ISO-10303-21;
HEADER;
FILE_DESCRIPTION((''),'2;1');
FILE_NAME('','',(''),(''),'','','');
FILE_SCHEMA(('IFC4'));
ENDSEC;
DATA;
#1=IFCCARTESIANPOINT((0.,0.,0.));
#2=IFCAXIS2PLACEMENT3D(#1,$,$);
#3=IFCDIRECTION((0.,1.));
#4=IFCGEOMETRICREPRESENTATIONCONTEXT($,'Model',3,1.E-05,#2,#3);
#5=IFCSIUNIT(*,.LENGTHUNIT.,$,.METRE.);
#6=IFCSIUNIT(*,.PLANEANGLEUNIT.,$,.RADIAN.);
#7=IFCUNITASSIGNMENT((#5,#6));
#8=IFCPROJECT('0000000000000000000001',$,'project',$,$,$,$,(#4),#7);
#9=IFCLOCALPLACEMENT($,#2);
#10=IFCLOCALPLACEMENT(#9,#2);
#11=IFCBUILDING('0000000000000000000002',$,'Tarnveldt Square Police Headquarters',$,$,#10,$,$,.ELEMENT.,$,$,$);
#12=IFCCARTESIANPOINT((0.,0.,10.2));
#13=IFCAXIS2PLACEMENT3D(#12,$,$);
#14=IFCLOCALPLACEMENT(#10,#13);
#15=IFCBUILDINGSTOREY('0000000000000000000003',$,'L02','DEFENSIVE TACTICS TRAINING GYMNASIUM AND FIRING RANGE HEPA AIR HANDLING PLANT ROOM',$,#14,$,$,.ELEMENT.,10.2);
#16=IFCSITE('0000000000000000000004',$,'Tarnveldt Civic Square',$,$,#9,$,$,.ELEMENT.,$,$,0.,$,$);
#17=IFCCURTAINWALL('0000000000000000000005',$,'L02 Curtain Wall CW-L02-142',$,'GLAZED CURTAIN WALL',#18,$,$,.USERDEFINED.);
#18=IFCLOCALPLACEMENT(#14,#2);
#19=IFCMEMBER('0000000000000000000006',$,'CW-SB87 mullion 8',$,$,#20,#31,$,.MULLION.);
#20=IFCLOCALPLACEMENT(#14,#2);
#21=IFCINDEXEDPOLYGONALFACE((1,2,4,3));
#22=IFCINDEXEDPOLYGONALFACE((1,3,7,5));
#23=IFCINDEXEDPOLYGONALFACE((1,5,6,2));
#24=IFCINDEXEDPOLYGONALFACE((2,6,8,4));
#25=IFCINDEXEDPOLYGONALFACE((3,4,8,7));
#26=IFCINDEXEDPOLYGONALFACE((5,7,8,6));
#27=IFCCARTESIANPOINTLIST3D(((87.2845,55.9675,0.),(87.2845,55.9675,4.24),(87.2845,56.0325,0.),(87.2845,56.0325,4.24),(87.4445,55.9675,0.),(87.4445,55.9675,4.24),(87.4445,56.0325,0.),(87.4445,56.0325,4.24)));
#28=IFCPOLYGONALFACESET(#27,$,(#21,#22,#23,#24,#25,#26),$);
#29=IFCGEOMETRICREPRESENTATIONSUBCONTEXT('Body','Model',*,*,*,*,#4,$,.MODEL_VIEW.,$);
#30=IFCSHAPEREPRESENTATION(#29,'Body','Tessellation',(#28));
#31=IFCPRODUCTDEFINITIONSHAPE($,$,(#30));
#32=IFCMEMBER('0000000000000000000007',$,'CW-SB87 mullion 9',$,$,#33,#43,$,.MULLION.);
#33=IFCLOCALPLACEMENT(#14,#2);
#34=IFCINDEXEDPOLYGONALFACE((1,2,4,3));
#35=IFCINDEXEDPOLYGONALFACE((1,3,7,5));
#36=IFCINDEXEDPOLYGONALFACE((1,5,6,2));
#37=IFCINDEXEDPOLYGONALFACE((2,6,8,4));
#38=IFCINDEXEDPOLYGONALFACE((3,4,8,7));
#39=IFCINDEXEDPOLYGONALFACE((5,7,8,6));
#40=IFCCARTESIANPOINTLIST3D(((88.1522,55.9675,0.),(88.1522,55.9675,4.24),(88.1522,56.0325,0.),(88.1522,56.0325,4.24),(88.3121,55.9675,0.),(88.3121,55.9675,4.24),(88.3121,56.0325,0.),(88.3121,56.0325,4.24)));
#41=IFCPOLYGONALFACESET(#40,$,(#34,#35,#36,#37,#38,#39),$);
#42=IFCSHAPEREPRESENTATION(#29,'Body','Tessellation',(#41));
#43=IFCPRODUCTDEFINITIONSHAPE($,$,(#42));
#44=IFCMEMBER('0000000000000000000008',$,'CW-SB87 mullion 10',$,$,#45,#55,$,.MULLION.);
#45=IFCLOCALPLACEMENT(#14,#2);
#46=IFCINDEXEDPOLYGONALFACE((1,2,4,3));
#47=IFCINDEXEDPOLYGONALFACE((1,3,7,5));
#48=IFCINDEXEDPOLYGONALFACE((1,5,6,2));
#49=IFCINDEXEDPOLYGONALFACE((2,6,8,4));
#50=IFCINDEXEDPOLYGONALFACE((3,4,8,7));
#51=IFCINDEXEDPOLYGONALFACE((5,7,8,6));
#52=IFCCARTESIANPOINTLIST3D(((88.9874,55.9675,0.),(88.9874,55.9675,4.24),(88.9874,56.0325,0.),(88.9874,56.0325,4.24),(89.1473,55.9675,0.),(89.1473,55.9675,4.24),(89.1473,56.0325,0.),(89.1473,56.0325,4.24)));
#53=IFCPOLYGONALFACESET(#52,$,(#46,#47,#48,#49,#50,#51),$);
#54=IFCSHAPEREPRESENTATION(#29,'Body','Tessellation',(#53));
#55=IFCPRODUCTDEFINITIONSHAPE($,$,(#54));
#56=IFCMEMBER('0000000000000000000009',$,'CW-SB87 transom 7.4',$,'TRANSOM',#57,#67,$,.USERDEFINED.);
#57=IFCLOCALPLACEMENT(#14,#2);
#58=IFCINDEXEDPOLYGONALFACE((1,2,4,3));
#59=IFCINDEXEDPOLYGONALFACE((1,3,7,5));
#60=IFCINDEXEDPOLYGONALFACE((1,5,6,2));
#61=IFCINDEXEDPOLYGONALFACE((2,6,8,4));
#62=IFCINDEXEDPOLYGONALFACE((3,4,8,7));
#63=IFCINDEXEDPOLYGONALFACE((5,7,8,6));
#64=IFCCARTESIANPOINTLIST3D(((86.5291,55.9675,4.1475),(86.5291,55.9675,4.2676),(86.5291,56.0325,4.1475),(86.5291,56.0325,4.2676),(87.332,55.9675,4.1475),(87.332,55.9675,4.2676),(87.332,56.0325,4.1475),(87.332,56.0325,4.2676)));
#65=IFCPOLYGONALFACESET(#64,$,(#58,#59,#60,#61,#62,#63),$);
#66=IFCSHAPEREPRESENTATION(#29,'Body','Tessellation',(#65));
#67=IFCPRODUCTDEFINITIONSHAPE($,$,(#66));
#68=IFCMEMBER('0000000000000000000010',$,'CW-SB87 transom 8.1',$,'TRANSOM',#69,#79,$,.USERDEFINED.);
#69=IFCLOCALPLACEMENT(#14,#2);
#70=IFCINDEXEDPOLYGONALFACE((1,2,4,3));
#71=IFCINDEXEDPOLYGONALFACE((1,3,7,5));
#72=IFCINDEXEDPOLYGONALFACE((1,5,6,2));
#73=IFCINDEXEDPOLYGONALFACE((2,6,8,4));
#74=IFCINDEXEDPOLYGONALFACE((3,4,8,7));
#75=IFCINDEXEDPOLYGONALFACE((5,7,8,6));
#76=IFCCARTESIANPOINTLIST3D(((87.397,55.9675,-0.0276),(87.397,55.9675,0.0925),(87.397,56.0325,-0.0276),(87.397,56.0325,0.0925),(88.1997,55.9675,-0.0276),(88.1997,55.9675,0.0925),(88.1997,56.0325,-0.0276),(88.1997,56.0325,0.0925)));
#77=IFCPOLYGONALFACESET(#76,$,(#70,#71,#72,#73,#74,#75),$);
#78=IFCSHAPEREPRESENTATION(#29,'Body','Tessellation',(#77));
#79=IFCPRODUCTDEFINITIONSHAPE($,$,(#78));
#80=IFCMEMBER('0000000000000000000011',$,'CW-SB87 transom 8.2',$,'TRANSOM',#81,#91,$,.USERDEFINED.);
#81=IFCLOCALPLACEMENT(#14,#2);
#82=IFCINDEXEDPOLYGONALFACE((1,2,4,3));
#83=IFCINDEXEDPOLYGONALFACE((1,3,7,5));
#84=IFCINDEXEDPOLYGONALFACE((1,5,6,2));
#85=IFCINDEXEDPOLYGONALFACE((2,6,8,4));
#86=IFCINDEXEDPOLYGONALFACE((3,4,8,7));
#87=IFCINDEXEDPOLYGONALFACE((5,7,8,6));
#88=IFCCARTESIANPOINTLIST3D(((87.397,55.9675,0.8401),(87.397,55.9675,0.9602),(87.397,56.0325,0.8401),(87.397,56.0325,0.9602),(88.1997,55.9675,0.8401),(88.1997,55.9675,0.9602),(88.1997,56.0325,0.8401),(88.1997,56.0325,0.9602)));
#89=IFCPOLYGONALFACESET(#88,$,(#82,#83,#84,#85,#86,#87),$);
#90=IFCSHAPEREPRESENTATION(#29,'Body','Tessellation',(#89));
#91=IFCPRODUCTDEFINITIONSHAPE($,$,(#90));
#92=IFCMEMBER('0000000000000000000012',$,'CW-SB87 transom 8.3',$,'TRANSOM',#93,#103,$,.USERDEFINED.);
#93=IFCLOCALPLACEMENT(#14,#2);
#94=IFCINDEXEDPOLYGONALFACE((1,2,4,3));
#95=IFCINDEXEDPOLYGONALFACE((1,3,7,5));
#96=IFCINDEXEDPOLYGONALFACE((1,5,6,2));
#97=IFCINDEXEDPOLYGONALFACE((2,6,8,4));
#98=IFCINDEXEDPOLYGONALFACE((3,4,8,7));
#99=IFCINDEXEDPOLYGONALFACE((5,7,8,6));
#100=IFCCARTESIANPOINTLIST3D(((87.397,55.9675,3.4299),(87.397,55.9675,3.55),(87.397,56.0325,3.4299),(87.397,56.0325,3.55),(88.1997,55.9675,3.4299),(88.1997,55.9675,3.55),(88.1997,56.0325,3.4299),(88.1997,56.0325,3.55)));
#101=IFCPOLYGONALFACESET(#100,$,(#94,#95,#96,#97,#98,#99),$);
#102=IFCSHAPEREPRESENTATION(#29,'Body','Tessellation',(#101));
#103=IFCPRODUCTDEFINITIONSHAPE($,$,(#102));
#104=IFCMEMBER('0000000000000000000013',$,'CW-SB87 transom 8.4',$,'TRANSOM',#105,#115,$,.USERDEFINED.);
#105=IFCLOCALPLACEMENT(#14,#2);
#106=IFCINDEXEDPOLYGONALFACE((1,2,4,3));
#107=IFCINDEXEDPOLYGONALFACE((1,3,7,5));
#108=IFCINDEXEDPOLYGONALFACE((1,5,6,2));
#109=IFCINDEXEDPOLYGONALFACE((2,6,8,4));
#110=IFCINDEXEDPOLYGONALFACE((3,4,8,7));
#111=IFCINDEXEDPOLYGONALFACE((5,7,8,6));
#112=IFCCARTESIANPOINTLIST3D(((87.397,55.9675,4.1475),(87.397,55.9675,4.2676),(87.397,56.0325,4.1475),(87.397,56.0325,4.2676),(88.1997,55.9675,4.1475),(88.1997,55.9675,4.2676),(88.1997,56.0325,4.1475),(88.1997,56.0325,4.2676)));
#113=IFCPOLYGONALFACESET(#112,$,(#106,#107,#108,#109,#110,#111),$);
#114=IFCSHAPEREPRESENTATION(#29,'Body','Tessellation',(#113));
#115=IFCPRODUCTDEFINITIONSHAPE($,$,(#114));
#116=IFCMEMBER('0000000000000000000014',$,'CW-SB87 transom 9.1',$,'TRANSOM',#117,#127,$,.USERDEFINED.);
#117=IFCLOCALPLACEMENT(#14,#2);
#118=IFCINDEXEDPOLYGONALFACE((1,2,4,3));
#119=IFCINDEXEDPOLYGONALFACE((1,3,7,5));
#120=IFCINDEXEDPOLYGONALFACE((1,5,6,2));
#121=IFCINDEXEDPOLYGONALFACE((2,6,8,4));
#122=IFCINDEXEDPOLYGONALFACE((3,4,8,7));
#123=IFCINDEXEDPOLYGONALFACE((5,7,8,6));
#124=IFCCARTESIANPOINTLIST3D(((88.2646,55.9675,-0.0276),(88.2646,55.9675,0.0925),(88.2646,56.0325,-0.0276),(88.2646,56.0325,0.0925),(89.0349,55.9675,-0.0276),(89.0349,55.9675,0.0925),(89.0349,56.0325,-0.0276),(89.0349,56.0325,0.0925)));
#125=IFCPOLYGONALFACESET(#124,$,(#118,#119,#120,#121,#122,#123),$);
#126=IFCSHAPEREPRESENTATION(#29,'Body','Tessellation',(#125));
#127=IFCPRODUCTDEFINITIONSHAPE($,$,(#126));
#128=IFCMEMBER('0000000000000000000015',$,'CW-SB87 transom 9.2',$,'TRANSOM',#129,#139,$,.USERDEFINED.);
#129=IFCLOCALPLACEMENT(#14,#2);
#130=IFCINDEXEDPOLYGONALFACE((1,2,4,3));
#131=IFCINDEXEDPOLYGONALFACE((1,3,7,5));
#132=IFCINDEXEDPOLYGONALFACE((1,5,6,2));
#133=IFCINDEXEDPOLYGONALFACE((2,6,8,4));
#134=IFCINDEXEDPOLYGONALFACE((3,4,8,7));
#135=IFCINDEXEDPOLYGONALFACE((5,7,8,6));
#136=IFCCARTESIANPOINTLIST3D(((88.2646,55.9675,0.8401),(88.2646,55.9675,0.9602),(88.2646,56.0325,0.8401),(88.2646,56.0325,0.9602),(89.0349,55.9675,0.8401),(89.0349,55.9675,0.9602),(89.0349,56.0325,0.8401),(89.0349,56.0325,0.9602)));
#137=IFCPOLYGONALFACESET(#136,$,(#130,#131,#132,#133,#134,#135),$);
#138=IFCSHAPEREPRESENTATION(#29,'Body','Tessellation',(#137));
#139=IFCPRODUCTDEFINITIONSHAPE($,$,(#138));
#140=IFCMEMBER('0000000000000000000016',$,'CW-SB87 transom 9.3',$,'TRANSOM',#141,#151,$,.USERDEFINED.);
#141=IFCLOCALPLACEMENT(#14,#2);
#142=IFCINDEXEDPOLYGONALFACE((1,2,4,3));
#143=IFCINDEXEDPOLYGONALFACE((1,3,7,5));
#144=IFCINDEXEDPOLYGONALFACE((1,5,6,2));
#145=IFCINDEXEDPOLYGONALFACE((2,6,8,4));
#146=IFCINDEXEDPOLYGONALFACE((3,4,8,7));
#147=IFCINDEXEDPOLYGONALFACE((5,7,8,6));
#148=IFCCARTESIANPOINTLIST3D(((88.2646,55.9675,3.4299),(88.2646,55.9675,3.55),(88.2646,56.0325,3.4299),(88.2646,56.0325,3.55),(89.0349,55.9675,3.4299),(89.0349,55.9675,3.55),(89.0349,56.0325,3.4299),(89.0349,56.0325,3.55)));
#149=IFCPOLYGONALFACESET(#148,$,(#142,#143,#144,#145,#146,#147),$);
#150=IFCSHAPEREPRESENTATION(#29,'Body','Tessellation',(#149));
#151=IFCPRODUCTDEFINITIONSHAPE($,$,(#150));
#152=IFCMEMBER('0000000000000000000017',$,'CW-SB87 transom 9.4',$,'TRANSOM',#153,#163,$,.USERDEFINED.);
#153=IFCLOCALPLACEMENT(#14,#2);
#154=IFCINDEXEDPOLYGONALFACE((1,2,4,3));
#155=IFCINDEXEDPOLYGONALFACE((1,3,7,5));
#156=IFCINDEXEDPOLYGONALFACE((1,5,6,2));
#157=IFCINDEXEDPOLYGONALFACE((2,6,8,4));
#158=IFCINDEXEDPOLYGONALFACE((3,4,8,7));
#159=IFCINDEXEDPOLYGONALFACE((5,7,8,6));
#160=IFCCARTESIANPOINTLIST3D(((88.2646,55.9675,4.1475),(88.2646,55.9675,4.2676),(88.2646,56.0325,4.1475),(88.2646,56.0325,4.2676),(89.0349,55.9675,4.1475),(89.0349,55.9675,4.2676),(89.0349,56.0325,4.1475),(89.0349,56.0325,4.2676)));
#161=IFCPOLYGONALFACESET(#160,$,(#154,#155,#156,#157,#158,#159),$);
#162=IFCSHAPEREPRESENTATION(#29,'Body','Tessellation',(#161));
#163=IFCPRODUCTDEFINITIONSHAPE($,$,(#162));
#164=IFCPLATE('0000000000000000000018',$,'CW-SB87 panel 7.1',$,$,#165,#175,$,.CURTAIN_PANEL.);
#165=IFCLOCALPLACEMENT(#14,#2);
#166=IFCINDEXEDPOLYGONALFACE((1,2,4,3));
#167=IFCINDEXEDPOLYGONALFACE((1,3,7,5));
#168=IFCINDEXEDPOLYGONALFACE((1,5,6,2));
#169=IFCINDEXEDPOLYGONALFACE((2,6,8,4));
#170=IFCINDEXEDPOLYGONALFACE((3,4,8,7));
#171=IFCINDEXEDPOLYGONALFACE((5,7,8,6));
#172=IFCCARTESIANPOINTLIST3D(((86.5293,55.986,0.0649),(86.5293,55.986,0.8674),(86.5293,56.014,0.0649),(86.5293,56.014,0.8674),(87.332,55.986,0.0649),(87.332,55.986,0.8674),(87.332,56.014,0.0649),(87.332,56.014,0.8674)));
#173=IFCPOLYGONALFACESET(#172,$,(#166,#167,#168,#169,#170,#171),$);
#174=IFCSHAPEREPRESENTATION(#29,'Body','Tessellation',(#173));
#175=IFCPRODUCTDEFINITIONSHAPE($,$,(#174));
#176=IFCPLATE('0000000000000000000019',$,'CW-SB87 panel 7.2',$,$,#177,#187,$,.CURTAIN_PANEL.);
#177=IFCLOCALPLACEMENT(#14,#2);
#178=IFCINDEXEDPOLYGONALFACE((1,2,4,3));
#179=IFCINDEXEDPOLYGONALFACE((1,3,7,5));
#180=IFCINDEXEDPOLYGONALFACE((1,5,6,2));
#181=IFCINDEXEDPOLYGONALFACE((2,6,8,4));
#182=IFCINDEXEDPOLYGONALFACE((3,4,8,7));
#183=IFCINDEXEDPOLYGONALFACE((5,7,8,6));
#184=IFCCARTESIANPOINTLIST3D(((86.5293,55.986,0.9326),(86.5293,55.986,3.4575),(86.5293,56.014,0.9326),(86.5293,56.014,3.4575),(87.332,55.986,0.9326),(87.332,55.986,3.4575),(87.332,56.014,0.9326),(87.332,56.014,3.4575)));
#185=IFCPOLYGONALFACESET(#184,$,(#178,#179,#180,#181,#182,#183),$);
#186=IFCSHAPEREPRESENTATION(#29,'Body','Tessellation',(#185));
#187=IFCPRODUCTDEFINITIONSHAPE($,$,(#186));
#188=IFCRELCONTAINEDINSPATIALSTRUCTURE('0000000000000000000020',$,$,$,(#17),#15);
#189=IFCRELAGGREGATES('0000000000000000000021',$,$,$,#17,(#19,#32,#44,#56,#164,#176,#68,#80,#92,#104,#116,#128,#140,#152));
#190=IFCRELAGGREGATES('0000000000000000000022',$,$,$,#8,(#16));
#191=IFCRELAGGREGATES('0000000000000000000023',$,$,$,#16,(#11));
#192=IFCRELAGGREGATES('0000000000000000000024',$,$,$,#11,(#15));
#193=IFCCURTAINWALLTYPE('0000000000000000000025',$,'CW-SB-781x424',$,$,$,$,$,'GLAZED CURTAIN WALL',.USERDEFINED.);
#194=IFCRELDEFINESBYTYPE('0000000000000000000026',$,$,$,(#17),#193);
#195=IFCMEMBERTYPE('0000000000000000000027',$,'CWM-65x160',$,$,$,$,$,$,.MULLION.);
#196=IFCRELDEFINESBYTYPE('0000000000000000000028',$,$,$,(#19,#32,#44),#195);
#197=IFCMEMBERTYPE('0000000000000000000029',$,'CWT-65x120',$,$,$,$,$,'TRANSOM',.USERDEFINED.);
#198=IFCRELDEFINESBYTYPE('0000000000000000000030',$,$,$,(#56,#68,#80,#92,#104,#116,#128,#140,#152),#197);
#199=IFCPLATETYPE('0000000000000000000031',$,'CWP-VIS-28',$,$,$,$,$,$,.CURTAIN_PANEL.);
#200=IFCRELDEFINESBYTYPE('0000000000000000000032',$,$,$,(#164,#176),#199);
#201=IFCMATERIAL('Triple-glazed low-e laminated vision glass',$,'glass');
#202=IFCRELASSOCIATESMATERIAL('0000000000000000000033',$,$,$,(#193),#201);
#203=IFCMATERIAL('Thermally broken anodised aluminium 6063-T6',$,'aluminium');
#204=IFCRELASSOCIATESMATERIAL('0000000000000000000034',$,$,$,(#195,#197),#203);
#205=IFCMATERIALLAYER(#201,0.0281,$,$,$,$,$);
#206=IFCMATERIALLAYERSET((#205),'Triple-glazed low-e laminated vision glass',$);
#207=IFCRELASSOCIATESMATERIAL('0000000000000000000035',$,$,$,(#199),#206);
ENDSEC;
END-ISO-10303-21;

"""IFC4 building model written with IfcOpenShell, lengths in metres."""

from ifc_helpers import new_model, si_unit, direction, frame, origin, origin_2d, place, context, subcontext, project, spatial, rectangle, extrude, material, layer, layer_set, material_profile, profile_set, type_object, element, aggregate, save


model = new_model("IFC4")

# Units and contexts
model_context = context("Model", 3, precision=1e-05, world=origin(), true_north=direction((0.0, 1.0)))
body_context = subcontext(model_context, "Body", "Model", "MODEL_VIEW")
ifc_project = project(units=[si_unit("LENGTHUNIT", "METRE"), si_unit("PLANEANGLEUNIT", "RADIAN")], contexts=[model_context])

# Site, building, storey
site_placement = place(None, origin())
site = spatial("IfcSite", under=ifc_project, at=site_placement, Name="Tarnveldt Civic Square", CompositionType="ELEMENT", RefElevation=0.0)
building_placement = place(site_placement, origin())
building = spatial("IfcBuilding", under=site, at=building_placement, Name="Tarnveldt Square Police Headquarters", CompositionType="ELEMENT")
storey_placement = place(building_placement, frame((0.0, 0.0, 10.2)))
storey = spatial("IfcBuildingStorey", under=building, at=storey_placement, Name="L02", Description="DEFENSIVE TACTICS TRAINING GYMNASIUM AND FIRING RANGE HEPA AIR HANDLING PLANT ROOM", CompositionType="ELEMENT", Elevation=10.2)

# Curtain wall, members, plates
ifc_material_1 = material(Name="Triple-glazed low-e laminated vision glass", Category="glass")
curtain_wall_type = type_object("IfcCurtainWallType", Name="CW-SB-781x424", ElementType="GLAZED CURTAIN WALL", PredefinedType="USERDEFINED", material=ifc_material_1)
curtain_wall_placement = place(storey_placement, origin())
curtain_wall = element("IfcCurtainWall", 1, at=curtain_wall_placement, inside=storey, type_object=curtain_wall_type, Name="L02 Curtain Wall CW-L02-142", ObjectType="GLAZED CURTAIN WALL", PredefinedType="USERDEFINED")
ifc_material_2 = material(Name="Thermally broken anodised aluminium 6063-T6", Category="aluminium")
ifc_material_profile_1 = material_profile(ifc_material_2, rectangle(XDim=0.0649, YDim=0.1599, at=origin_2d()), Name="CW-M65x160")
ifc_profile_set_1 = profile_set([ifc_material_profile_1], Name="Thermally broken anodised aluminium 6063-T6")
member_type_1 = type_object("IfcMemberType", Name="CWM-65x160", PredefinedType="MULLION", material=ifc_profile_set_1)
member_1_placement = place(storey_placement, frame((87.3645, 56.0, 0.0), z_axis=(0.0, 0.0, 1.0), x_axis=(0.0, 1.0, 0.0)))
member_1 = element("IfcMember", 2, at=member_1_placement, type_object=member_type_1, Name="CW-SB87 mullion 8", PredefinedType="MULLION", context=body_context, shape_type="SweptSolid", body=[
    extrude(rectangle(XDim=0.0649, YDim=0.1599, at=origin_2d()), origin(), (0.0, 0.0, 1.0), 4.24),
])
member_2_placement = place(storey_placement, frame((88.2322, 56.0, 0.0), z_axis=(0.0, 0.0, 1.0), x_axis=(0.0, 1.0, 0.0)))
member_2 = element("IfcMember", 3, at=member_2_placement, type_object=member_type_1, Name="CW-SB87 mullion 9", PredefinedType="MULLION", context=body_context, shape_type="SweptSolid", body=[
    extrude(rectangle(XDim=0.0649, YDim=0.1599, at=origin_2d()), origin(), (0.0, 0.0, 1.0), 4.24),
])
member_3_placement = place(storey_placement, frame((89.0674, 56.0, 0.0), z_axis=(0.0, 0.0, 1.0), x_axis=(0.0, 1.0, 0.0)))
member_3 = element("IfcMember", 4, at=member_3_placement, type_object=member_type_1, Name="CW-SB87 mullion 10", PredefinedType="MULLION", context=body_context, shape_type="SweptSolid", body=[
    extrude(rectangle(XDim=0.0649, YDim=0.1599, at=origin_2d()), origin(), (0.0, 0.0, 1.0), 4.24),
])
ifc_material_profile_2 = material_profile(ifc_material_2, rectangle(XDim=0.0649, YDim=0.1201, at=origin_2d()), Name="CW-T65x120")
ifc_profile_set_2 = profile_set([ifc_material_profile_2], Name="Thermally broken anodised aluminium 6063-T6")
member_type_2 = type_object("IfcMemberType", Name="CWT-65x120", ElementType="TRANSOM", PredefinedType="USERDEFINED", material=ifc_profile_set_2)
member_4_placement = place(storey_placement, frame((86.5291, 56.0, 4.2075), z_axis=(1.0, 0.0, 0.0), x_axis=(0.0, 1.0, 0.0)))
member_4 = element("IfcMember", 5, at=member_4_placement, type_object=member_type_2, Name="CW-SB87 transom 7.4", ObjectType="TRANSOM", PredefinedType="USERDEFINED", context=body_context, shape_type="SweptSolid", body=[
    extrude(rectangle(XDim=0.0649, YDim=0.1201, at=origin_2d()), origin(), (0.0, 0.0, 1.0), 0.803),
])
member_5_placement = place(storey_placement, frame((87.397, 56.0, 0.0325), z_axis=(1.0, 0.0, 0.0), x_axis=(0.0, 1.0, 0.0)))
member_5 = element("IfcMember", 6, at=member_5_placement, type_object=member_type_2, Name="CW-SB87 transom 8.1", ObjectType="TRANSOM", PredefinedType="USERDEFINED", context=body_context, shape_type="SweptSolid", body=[
    extrude(rectangle(XDim=0.0649, YDim=0.1201, at=origin_2d()), origin(), (0.0, 0.0, 1.0), 0.8027),
])
member_6_placement = place(storey_placement, frame((87.397, 56.0, 0.9001), z_axis=(1.0, 0.0, 0.0), x_axis=(0.0, 1.0, 0.0)))
member_6 = element("IfcMember", 7, at=member_6_placement, type_object=member_type_2, Name="CW-SB87 transom 8.2", ObjectType="TRANSOM", PredefinedType="USERDEFINED", context=body_context, shape_type="SweptSolid", body=[
    extrude(rectangle(XDim=0.0649, YDim=0.1201, at=origin_2d()), origin(), (0.0, 0.0, 1.0), 0.8027),
])
member_7_placement = place(storey_placement, frame((87.397, 56.0, 3.49), z_axis=(1.0, 0.0, 0.0), x_axis=(0.0, 1.0, 0.0)))
member_7 = element("IfcMember", 8, at=member_7_placement, type_object=member_type_2, Name="CW-SB87 transom 8.3", ObjectType="TRANSOM", PredefinedType="USERDEFINED", context=body_context, shape_type="SweptSolid", body=[
    extrude(rectangle(XDim=0.0649, YDim=0.1201, at=origin_2d()), origin(), (0.0, 0.0, 1.0), 0.8027),
])
member_8_placement = place(storey_placement, frame((87.397, 56.0, 4.2075), z_axis=(1.0, 0.0, 0.0), x_axis=(0.0, 1.0, 0.0)))
member_8 = element("IfcMember", 9, at=member_8_placement, type_object=member_type_2, Name="CW-SB87 transom 8.4", ObjectType="TRANSOM", PredefinedType="USERDEFINED", context=body_context, shape_type="SweptSolid", body=[
    extrude(rectangle(XDim=0.0649, YDim=0.1201, at=origin_2d()), origin(), (0.0, 0.0, 1.0), 0.8027),
])
member_9_placement = place(storey_placement, frame((88.2646, 56.0, 0.0325), z_axis=(1.0, 0.0, 0.0), x_axis=(0.0, 1.0, 0.0)))
member_9 = element("IfcMember", 10, at=member_9_placement, type_object=member_type_2, Name="CW-SB87 transom 9.1", ObjectType="TRANSOM", PredefinedType="USERDEFINED", context=body_context, shape_type="SweptSolid", body=[
    extrude(rectangle(XDim=0.0649, YDim=0.1201, at=origin_2d()), origin(), (0.0, 0.0, 1.0), 0.7703),
])
member_10_placement = place(storey_placement, frame((88.2646, 56.0, 0.9001), z_axis=(1.0, 0.0, 0.0), x_axis=(0.0, 1.0, 0.0)))
member_10 = element("IfcMember", 11, at=member_10_placement, type_object=member_type_2, Name="CW-SB87 transom 9.2", ObjectType="TRANSOM", PredefinedType="USERDEFINED", context=body_context, shape_type="SweptSolid", body=[
    extrude(rectangle(XDim=0.0649, YDim=0.1201, at=origin_2d()), origin(), (0.0, 0.0, 1.0), 0.7703),
])
member_11_placement = place(storey_placement, frame((88.2646, 56.0, 3.49), z_axis=(1.0, 0.0, 0.0), x_axis=(0.0, 1.0, 0.0)))
member_11 = element("IfcMember", 12, at=member_11_placement, type_object=member_type_2, Name="CW-SB87 transom 9.3", ObjectType="TRANSOM", PredefinedType="USERDEFINED", context=body_context, shape_type="SweptSolid", body=[
    extrude(rectangle(XDim=0.0649, YDim=0.1201, at=origin_2d()), origin(), (0.0, 0.0, 1.0), 0.7703),
])
member_12_placement = place(storey_placement, frame((88.2646, 56.0, 4.2075), z_axis=(1.0, 0.0, 0.0), x_axis=(0.0, 1.0, 0.0)))
member_12 = element("IfcMember", 13, at=member_12_placement, type_object=member_type_2, Name="CW-SB87 transom 9.4", ObjectType="TRANSOM", PredefinedType="USERDEFINED", context=body_context, shape_type="SweptSolid", body=[
    extrude(rectangle(XDim=0.0649, YDim=0.1201, at=origin_2d()), origin(), (0.0, 0.0, 1.0), 0.7703),
])
ifc_layer = layer(ifc_material_1, 0.0281)
ifc_layer_set = layer_set([ifc_layer], Name="Triple-glazed low-e laminated vision glass")
plate_type = type_object("IfcPlateType", Name="CWP-VIS-28", PredefinedType="CURTAIN_PANEL", material=ifc_layer_set)
plate_1_placement = place(storey_placement, frame((86.9307, 56.0, 0.0649), z_axis=(0.0, 0.0, 1.0), x_axis=(1.0, 0.0, 0.0)))
plate_1 = element("IfcPlate", 14, at=plate_1_placement, type_object=plate_type, Name="CW-SB87 panel 7.1", PredefinedType="CURTAIN_PANEL", context=body_context, shape_type="SweptSolid", body=[
    extrude(rectangle(XDim=0.8027, YDim=0.0281, at=origin_2d()), origin(), (0.0, 0.0, 1.0), 0.8025),
])
plate_2_placement = place(storey_placement, frame((86.9307, 56.0, 0.9326), z_axis=(0.0, 0.0, 1.0), x_axis=(1.0, 0.0, 0.0)))
plate_2 = element("IfcPlate", 15, at=plate_2_placement, type_object=plate_type, Name="CW-SB87 panel 7.2", PredefinedType="CURTAIN_PANEL", context=body_context, shape_type="SweptSolid", body=[
    extrude(rectangle(XDim=0.8027, YDim=0.0281, at=origin_2d()), origin(), (0.0, 0.0, 1.0), 2.5249),
])
aggregate(curtain_wall, [member_1, member_2, member_3, member_4, plate_1, plate_2, member_5, member_6, member_7, member_8, member_9, member_10, member_11, member_12])

save(model, "model.ifc")
